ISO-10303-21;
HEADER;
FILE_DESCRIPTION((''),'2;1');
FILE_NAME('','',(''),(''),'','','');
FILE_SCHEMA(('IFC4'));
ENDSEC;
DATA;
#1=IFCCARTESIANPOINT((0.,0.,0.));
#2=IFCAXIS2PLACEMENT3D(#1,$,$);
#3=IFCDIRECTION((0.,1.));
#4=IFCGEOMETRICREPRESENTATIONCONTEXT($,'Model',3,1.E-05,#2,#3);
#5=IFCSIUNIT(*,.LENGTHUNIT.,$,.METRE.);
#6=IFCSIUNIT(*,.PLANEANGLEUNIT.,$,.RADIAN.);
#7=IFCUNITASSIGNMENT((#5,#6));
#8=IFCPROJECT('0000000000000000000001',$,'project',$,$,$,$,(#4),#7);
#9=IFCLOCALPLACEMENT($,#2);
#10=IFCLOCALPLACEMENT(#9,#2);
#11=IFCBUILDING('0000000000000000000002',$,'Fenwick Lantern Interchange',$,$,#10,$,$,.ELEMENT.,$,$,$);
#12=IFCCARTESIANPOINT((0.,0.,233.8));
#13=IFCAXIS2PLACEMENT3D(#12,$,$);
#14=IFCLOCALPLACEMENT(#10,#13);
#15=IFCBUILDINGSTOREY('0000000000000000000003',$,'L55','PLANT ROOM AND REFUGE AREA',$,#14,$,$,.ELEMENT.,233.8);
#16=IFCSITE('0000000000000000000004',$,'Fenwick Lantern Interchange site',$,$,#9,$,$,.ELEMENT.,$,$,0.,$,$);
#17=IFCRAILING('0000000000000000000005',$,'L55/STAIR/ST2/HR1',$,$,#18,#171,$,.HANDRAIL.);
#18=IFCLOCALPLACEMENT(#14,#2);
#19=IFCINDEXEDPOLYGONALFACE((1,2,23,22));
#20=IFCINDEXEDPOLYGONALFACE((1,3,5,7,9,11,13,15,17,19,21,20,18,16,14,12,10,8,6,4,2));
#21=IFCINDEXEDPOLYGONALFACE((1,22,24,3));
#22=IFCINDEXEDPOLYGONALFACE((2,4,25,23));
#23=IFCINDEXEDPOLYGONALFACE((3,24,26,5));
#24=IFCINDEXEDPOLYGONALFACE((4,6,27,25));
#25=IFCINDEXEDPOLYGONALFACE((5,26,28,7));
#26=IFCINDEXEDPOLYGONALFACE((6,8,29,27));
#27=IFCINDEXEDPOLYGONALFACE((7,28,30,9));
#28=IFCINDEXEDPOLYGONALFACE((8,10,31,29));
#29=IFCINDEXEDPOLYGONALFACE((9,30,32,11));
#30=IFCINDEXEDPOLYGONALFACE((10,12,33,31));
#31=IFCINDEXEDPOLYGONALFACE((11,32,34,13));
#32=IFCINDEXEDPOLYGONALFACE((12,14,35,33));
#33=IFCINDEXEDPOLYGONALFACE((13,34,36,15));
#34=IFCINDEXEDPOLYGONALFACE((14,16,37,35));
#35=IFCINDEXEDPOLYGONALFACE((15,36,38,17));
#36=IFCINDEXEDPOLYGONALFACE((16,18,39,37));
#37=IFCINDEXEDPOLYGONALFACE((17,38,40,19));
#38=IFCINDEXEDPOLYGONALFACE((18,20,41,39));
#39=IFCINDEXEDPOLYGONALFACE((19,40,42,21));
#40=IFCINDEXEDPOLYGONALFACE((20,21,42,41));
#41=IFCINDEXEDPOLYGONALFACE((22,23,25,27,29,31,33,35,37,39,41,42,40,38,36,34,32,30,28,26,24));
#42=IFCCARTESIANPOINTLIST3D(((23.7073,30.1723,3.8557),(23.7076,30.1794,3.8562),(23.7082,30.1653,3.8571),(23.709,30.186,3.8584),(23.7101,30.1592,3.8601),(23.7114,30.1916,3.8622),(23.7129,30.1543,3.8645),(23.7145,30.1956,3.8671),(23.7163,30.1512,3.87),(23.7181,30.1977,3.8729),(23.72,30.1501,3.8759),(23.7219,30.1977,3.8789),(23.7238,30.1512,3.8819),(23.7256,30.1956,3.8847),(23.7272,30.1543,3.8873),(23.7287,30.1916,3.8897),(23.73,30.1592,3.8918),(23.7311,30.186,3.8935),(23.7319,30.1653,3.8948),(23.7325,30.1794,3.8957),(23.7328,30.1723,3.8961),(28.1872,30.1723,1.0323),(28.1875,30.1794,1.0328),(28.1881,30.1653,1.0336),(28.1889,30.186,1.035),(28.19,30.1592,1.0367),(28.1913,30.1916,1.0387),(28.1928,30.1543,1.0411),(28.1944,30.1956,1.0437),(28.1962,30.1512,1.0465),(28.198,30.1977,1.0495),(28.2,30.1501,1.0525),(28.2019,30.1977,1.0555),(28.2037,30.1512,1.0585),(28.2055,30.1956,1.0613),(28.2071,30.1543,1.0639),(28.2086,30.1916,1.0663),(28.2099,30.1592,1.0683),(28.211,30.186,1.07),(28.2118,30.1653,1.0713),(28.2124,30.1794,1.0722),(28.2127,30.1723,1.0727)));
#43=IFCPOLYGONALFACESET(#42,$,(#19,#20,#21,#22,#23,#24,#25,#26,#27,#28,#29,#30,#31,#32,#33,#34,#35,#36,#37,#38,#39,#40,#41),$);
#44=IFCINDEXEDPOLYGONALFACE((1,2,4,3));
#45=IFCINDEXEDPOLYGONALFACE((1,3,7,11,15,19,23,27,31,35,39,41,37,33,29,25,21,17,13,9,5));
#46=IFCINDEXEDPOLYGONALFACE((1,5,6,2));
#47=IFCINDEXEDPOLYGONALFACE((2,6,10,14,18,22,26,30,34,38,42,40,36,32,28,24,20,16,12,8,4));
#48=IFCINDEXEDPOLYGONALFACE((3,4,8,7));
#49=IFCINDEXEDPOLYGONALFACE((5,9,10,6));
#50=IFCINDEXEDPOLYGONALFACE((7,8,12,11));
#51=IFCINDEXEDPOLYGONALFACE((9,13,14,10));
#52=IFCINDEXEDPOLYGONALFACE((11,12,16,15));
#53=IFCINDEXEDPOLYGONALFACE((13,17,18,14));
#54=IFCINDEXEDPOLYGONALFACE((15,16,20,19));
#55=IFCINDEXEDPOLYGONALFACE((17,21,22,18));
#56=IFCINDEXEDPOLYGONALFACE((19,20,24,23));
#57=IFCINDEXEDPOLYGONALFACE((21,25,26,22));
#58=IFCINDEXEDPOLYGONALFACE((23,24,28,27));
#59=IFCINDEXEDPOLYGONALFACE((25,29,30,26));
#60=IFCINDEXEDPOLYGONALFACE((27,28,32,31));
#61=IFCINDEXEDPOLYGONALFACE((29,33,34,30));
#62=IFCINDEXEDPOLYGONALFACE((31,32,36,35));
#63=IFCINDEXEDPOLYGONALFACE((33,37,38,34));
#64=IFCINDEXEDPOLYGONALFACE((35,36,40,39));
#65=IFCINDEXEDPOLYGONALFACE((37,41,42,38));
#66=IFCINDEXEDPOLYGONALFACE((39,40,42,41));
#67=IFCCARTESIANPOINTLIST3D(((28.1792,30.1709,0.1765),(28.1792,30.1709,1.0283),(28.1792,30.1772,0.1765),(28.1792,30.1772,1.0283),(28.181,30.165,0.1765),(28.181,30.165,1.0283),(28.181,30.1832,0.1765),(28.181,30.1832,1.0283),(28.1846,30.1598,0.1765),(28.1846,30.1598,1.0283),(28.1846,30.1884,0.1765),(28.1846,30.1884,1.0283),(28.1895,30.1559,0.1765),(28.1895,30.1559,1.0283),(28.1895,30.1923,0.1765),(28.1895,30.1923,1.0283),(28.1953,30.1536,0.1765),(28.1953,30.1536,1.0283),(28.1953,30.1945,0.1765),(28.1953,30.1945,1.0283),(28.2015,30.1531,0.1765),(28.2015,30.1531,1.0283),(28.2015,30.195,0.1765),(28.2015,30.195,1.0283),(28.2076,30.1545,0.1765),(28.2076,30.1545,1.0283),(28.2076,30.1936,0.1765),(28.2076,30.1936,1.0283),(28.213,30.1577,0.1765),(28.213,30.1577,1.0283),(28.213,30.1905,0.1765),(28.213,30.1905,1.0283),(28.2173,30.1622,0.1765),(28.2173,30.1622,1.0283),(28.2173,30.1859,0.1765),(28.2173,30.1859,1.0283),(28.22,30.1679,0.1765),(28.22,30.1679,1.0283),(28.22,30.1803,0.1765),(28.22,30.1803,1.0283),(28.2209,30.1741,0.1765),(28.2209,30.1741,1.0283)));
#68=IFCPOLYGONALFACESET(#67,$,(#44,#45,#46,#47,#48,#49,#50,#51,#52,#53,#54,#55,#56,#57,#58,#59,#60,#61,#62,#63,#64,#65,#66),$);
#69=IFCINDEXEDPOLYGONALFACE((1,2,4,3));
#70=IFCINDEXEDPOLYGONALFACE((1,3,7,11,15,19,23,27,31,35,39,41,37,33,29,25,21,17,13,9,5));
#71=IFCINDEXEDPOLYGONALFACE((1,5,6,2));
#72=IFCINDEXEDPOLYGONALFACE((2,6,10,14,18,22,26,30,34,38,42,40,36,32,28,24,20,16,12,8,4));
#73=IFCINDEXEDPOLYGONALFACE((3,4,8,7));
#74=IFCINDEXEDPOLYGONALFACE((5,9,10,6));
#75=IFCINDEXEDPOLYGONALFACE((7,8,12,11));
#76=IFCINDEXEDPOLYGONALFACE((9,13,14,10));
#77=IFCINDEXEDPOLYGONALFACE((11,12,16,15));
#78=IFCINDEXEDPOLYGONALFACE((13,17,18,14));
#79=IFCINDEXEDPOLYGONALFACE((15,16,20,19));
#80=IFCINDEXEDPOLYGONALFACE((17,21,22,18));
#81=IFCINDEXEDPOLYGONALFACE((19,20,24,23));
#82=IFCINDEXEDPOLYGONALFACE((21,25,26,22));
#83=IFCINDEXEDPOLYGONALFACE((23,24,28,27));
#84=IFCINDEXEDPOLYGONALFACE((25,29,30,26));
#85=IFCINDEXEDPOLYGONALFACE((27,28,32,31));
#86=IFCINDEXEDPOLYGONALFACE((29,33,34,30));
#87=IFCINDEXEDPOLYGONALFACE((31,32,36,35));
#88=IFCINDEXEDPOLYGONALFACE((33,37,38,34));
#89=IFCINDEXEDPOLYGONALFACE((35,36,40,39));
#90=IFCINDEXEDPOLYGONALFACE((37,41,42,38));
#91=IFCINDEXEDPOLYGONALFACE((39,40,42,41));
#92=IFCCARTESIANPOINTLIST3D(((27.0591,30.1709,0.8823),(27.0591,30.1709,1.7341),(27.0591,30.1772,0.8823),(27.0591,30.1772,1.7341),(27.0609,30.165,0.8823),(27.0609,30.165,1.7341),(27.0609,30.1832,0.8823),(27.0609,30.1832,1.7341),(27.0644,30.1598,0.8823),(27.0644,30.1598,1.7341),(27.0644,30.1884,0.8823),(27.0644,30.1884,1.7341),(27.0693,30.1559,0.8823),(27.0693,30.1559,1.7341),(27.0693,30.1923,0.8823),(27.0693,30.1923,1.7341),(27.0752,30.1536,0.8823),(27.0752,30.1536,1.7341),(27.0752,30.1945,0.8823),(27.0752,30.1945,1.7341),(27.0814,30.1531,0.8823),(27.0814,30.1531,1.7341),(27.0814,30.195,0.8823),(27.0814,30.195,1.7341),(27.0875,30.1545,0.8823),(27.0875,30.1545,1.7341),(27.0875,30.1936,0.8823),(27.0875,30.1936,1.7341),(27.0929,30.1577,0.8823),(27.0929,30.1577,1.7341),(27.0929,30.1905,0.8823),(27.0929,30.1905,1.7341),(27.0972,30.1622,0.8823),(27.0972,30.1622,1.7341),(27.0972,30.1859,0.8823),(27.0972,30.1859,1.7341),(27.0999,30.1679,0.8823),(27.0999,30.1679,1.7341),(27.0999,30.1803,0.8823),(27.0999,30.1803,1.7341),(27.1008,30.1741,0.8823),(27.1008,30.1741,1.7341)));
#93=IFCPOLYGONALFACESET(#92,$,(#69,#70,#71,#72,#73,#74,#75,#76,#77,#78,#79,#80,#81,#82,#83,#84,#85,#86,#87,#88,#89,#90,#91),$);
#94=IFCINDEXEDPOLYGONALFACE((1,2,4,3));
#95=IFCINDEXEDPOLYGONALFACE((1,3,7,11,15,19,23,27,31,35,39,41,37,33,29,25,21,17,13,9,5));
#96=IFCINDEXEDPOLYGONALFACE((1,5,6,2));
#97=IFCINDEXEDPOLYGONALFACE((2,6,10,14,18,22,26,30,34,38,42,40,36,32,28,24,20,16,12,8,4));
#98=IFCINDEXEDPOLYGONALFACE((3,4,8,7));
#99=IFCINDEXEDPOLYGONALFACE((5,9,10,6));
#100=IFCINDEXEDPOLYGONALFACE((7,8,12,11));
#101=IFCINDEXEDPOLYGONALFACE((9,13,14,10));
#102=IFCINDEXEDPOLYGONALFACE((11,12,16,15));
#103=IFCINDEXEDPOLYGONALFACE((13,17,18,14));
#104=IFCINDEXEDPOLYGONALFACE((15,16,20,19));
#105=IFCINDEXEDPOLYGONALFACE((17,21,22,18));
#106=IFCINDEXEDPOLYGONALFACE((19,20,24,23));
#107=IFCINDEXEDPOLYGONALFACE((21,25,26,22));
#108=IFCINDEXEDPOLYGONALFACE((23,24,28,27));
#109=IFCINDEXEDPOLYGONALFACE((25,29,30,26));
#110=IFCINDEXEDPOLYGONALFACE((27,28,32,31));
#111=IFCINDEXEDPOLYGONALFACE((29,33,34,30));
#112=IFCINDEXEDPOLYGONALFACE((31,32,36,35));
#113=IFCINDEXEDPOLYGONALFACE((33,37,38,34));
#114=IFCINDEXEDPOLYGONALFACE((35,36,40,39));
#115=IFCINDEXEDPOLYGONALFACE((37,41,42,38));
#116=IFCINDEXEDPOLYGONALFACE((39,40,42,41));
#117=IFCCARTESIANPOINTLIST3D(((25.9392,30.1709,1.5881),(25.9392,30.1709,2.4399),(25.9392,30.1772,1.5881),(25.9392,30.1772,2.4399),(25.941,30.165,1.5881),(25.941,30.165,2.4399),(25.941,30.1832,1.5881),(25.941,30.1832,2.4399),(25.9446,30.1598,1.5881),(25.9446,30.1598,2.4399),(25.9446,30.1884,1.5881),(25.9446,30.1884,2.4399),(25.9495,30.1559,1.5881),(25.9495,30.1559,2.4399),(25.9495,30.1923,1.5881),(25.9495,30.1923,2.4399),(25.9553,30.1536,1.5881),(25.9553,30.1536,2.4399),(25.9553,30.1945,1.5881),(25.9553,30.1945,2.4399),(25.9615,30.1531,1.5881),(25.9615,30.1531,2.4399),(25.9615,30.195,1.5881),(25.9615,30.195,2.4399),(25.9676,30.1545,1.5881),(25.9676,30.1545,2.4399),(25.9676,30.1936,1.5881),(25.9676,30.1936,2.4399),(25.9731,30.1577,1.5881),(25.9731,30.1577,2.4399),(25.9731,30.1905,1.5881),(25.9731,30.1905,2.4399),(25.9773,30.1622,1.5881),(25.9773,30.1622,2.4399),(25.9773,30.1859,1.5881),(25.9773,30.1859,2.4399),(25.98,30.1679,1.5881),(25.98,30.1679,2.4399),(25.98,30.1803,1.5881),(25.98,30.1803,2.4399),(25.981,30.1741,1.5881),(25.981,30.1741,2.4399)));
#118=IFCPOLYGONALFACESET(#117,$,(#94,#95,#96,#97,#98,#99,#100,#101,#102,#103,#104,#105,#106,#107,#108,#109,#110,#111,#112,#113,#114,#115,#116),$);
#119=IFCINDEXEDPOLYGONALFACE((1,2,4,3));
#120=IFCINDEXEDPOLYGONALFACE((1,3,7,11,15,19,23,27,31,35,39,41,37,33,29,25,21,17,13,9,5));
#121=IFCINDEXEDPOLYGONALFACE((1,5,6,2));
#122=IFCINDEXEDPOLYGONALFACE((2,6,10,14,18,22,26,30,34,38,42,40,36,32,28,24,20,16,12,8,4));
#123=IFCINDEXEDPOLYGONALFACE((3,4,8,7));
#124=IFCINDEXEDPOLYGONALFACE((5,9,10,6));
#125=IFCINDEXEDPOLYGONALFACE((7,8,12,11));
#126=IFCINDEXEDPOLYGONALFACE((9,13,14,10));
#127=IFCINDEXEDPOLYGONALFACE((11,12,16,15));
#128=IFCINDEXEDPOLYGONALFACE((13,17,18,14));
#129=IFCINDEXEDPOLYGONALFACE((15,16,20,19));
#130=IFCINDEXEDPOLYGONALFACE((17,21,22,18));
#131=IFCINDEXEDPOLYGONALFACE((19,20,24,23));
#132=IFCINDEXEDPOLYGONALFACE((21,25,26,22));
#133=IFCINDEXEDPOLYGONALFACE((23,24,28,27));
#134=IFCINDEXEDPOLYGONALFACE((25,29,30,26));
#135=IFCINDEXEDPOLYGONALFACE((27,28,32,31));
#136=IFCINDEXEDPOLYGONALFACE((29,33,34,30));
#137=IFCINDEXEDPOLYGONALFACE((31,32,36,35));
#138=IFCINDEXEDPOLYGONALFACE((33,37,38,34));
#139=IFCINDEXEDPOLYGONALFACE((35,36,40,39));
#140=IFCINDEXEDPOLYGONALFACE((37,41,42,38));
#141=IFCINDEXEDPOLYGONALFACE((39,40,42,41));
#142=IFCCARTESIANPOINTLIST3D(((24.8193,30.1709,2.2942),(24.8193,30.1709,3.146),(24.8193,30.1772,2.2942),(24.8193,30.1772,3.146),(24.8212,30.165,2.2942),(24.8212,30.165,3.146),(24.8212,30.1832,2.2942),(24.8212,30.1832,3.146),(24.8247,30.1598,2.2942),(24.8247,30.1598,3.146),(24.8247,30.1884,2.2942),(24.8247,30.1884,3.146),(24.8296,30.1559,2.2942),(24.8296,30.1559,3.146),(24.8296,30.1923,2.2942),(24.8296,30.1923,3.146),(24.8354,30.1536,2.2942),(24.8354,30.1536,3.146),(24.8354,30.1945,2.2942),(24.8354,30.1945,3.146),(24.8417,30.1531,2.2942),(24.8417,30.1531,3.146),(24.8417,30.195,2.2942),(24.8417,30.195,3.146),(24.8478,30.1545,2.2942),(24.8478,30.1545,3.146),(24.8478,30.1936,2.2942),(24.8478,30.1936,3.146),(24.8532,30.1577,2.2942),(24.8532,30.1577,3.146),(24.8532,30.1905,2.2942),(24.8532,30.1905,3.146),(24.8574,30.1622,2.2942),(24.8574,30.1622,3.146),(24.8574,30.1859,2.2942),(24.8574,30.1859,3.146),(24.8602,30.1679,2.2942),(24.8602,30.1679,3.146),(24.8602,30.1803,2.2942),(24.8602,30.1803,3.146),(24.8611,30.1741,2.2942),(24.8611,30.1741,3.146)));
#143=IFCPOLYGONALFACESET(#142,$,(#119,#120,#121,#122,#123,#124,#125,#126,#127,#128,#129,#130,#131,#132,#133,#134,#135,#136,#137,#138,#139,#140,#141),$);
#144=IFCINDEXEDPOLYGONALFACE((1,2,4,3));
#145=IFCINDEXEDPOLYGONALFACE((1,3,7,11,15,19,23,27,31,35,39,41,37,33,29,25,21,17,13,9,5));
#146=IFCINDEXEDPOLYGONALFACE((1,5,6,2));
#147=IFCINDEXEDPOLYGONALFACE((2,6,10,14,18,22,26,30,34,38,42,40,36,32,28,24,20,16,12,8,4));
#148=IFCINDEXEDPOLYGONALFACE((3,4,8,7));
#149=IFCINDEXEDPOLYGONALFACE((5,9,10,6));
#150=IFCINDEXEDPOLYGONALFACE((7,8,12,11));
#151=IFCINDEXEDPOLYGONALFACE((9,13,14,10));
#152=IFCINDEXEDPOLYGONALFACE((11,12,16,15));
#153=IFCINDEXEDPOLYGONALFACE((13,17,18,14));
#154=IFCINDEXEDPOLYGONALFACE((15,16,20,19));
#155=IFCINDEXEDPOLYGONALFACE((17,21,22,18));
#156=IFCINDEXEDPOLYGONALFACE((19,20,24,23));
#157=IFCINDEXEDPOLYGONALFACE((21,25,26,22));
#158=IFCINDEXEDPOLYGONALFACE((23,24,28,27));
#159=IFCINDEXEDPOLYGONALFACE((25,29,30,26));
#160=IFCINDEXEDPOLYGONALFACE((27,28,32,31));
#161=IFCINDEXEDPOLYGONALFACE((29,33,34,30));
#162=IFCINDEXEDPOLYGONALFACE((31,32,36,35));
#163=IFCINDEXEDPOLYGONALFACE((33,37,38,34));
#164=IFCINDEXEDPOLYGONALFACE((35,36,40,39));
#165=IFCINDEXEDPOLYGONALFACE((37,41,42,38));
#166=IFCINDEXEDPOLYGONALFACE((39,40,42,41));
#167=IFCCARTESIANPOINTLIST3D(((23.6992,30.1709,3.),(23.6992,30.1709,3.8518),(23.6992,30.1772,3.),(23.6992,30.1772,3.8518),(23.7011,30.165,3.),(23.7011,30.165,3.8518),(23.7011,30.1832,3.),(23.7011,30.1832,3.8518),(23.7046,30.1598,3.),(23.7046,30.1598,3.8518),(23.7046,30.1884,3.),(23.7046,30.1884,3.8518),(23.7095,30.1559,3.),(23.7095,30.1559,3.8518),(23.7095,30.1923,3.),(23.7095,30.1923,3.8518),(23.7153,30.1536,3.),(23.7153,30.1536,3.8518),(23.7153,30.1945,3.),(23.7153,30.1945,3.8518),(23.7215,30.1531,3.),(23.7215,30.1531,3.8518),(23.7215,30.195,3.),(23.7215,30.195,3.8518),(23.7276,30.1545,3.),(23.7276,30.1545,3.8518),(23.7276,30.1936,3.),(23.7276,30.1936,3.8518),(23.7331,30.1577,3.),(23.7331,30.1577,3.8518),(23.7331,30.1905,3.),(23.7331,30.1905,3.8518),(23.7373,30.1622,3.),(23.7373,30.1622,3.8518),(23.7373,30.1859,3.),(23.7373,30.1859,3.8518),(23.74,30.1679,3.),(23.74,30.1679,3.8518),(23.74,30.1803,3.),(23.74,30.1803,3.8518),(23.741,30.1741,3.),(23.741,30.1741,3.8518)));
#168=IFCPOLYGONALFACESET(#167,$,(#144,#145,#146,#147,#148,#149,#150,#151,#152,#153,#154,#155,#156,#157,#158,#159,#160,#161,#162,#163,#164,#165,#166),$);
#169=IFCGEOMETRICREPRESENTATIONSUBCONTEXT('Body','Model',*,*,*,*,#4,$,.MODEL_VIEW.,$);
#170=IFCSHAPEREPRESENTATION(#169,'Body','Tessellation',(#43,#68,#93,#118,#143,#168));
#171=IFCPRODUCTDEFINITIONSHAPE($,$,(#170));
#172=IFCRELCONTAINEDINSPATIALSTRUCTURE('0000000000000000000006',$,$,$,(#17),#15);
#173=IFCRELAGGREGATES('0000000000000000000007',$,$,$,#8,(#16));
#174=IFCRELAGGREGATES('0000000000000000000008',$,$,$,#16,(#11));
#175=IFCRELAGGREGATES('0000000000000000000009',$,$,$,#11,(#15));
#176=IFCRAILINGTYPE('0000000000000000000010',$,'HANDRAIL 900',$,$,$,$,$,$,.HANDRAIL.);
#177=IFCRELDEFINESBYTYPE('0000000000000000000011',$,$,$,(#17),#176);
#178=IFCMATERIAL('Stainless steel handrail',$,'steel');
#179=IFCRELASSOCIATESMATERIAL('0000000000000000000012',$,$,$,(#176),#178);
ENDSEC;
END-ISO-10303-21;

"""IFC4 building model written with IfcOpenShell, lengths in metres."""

from ifc_helpers import new_model, si_unit, direction, frame, origin, origin_2d, place, context, subcontext, project, spatial, circle, extrude, material, type_object, element, save


model = new_model("IFC4")

# Units and contexts
model_context = context("Model", 3, precision=1e-05, world=origin(), true_north=direction((0.0, 1.0)))
body_context = subcontext(model_context, "Body", "Model", "MODEL_VIEW")
ifc_project = project(units=[si_unit("LENGTHUNIT", "METRE"), si_unit("PLANEANGLEUNIT", "RADIAN")], contexts=[model_context])

# Site, building, storey
site_placement = place(None, origin())
site = spatial("IfcSite", under=ifc_project, at=site_placement, Name="Fenwick Lantern Interchange site", CompositionType="ELEMENT", RefElevation=0.0)
building_placement = place(site_placement, origin())
building = spatial("IfcBuilding", under=site, at=building_placement, Name="Fenwick Lantern Interchange", CompositionType="ELEMENT")
storey_placement = place(building_placement, frame((0.0, 0.0, 233.8)))
storey = spatial("IfcBuildingStorey", under=building, at=storey_placement, Name="L55", Description="PLANT ROOM AND REFUGE AREA", CompositionType="ELEMENT", Elevation=233.8)

# Railing
ifc_material_1 = material(Name="Stainless steel handrail", Category="steel")
railing_type = type_object("IfcRailingType", Name="HANDRAIL 900", PredefinedType="HANDRAIL", material=ifc_material_1)
railing_1_placement = place(storey_placement, frame((28.2, 30.1741, 0.1765)))
element("IfcRailing", 1, at=railing_1_placement, inside=storey, type_object=railing_type, Name="L55/STAIR/ST2/HR1", PredefinedType="HANDRAIL", context=body_context, shape_type="SweptSolid", body=[
    extrude(circle(Radius=0.0239, at=origin_2d()), frame((0.0, 0.0, 0.876), z_axis=(-0.845998, 0.0, 0.533186), x_axis=(0.0, -1.0, 0.0)), (0.0, 0.0, 1.0), 5.2954),
    extrude(circle(Radius=0.021, at=origin_2d()), origin(), (0.0, 0.0, 1.0), 0.8518),
    extrude(circle(Radius=0.021, at=origin_2d()), frame((-1.1201, 0.0, 0.7058)), (0.0, 0.0, 1.0), 0.8518),
    extrude(circle(Radius=0.021, at=origin_2d()), frame((-2.24, 0.0, 1.4116)), (0.0, 0.0, 1.0), 0.8518),
    extrude(circle(Radius=0.021, at=origin_2d()), frame((-3.3599, 0.0, 2.1177)), (0.0, 0.0, 1.0), 0.8518),
    extrude(circle(Radius=0.021, at=origin_2d()), frame((-4.48, 0.0, 2.8235)), (0.0, 0.0, 1.0), 0.8518),
])

save(model, "model.ifc")
